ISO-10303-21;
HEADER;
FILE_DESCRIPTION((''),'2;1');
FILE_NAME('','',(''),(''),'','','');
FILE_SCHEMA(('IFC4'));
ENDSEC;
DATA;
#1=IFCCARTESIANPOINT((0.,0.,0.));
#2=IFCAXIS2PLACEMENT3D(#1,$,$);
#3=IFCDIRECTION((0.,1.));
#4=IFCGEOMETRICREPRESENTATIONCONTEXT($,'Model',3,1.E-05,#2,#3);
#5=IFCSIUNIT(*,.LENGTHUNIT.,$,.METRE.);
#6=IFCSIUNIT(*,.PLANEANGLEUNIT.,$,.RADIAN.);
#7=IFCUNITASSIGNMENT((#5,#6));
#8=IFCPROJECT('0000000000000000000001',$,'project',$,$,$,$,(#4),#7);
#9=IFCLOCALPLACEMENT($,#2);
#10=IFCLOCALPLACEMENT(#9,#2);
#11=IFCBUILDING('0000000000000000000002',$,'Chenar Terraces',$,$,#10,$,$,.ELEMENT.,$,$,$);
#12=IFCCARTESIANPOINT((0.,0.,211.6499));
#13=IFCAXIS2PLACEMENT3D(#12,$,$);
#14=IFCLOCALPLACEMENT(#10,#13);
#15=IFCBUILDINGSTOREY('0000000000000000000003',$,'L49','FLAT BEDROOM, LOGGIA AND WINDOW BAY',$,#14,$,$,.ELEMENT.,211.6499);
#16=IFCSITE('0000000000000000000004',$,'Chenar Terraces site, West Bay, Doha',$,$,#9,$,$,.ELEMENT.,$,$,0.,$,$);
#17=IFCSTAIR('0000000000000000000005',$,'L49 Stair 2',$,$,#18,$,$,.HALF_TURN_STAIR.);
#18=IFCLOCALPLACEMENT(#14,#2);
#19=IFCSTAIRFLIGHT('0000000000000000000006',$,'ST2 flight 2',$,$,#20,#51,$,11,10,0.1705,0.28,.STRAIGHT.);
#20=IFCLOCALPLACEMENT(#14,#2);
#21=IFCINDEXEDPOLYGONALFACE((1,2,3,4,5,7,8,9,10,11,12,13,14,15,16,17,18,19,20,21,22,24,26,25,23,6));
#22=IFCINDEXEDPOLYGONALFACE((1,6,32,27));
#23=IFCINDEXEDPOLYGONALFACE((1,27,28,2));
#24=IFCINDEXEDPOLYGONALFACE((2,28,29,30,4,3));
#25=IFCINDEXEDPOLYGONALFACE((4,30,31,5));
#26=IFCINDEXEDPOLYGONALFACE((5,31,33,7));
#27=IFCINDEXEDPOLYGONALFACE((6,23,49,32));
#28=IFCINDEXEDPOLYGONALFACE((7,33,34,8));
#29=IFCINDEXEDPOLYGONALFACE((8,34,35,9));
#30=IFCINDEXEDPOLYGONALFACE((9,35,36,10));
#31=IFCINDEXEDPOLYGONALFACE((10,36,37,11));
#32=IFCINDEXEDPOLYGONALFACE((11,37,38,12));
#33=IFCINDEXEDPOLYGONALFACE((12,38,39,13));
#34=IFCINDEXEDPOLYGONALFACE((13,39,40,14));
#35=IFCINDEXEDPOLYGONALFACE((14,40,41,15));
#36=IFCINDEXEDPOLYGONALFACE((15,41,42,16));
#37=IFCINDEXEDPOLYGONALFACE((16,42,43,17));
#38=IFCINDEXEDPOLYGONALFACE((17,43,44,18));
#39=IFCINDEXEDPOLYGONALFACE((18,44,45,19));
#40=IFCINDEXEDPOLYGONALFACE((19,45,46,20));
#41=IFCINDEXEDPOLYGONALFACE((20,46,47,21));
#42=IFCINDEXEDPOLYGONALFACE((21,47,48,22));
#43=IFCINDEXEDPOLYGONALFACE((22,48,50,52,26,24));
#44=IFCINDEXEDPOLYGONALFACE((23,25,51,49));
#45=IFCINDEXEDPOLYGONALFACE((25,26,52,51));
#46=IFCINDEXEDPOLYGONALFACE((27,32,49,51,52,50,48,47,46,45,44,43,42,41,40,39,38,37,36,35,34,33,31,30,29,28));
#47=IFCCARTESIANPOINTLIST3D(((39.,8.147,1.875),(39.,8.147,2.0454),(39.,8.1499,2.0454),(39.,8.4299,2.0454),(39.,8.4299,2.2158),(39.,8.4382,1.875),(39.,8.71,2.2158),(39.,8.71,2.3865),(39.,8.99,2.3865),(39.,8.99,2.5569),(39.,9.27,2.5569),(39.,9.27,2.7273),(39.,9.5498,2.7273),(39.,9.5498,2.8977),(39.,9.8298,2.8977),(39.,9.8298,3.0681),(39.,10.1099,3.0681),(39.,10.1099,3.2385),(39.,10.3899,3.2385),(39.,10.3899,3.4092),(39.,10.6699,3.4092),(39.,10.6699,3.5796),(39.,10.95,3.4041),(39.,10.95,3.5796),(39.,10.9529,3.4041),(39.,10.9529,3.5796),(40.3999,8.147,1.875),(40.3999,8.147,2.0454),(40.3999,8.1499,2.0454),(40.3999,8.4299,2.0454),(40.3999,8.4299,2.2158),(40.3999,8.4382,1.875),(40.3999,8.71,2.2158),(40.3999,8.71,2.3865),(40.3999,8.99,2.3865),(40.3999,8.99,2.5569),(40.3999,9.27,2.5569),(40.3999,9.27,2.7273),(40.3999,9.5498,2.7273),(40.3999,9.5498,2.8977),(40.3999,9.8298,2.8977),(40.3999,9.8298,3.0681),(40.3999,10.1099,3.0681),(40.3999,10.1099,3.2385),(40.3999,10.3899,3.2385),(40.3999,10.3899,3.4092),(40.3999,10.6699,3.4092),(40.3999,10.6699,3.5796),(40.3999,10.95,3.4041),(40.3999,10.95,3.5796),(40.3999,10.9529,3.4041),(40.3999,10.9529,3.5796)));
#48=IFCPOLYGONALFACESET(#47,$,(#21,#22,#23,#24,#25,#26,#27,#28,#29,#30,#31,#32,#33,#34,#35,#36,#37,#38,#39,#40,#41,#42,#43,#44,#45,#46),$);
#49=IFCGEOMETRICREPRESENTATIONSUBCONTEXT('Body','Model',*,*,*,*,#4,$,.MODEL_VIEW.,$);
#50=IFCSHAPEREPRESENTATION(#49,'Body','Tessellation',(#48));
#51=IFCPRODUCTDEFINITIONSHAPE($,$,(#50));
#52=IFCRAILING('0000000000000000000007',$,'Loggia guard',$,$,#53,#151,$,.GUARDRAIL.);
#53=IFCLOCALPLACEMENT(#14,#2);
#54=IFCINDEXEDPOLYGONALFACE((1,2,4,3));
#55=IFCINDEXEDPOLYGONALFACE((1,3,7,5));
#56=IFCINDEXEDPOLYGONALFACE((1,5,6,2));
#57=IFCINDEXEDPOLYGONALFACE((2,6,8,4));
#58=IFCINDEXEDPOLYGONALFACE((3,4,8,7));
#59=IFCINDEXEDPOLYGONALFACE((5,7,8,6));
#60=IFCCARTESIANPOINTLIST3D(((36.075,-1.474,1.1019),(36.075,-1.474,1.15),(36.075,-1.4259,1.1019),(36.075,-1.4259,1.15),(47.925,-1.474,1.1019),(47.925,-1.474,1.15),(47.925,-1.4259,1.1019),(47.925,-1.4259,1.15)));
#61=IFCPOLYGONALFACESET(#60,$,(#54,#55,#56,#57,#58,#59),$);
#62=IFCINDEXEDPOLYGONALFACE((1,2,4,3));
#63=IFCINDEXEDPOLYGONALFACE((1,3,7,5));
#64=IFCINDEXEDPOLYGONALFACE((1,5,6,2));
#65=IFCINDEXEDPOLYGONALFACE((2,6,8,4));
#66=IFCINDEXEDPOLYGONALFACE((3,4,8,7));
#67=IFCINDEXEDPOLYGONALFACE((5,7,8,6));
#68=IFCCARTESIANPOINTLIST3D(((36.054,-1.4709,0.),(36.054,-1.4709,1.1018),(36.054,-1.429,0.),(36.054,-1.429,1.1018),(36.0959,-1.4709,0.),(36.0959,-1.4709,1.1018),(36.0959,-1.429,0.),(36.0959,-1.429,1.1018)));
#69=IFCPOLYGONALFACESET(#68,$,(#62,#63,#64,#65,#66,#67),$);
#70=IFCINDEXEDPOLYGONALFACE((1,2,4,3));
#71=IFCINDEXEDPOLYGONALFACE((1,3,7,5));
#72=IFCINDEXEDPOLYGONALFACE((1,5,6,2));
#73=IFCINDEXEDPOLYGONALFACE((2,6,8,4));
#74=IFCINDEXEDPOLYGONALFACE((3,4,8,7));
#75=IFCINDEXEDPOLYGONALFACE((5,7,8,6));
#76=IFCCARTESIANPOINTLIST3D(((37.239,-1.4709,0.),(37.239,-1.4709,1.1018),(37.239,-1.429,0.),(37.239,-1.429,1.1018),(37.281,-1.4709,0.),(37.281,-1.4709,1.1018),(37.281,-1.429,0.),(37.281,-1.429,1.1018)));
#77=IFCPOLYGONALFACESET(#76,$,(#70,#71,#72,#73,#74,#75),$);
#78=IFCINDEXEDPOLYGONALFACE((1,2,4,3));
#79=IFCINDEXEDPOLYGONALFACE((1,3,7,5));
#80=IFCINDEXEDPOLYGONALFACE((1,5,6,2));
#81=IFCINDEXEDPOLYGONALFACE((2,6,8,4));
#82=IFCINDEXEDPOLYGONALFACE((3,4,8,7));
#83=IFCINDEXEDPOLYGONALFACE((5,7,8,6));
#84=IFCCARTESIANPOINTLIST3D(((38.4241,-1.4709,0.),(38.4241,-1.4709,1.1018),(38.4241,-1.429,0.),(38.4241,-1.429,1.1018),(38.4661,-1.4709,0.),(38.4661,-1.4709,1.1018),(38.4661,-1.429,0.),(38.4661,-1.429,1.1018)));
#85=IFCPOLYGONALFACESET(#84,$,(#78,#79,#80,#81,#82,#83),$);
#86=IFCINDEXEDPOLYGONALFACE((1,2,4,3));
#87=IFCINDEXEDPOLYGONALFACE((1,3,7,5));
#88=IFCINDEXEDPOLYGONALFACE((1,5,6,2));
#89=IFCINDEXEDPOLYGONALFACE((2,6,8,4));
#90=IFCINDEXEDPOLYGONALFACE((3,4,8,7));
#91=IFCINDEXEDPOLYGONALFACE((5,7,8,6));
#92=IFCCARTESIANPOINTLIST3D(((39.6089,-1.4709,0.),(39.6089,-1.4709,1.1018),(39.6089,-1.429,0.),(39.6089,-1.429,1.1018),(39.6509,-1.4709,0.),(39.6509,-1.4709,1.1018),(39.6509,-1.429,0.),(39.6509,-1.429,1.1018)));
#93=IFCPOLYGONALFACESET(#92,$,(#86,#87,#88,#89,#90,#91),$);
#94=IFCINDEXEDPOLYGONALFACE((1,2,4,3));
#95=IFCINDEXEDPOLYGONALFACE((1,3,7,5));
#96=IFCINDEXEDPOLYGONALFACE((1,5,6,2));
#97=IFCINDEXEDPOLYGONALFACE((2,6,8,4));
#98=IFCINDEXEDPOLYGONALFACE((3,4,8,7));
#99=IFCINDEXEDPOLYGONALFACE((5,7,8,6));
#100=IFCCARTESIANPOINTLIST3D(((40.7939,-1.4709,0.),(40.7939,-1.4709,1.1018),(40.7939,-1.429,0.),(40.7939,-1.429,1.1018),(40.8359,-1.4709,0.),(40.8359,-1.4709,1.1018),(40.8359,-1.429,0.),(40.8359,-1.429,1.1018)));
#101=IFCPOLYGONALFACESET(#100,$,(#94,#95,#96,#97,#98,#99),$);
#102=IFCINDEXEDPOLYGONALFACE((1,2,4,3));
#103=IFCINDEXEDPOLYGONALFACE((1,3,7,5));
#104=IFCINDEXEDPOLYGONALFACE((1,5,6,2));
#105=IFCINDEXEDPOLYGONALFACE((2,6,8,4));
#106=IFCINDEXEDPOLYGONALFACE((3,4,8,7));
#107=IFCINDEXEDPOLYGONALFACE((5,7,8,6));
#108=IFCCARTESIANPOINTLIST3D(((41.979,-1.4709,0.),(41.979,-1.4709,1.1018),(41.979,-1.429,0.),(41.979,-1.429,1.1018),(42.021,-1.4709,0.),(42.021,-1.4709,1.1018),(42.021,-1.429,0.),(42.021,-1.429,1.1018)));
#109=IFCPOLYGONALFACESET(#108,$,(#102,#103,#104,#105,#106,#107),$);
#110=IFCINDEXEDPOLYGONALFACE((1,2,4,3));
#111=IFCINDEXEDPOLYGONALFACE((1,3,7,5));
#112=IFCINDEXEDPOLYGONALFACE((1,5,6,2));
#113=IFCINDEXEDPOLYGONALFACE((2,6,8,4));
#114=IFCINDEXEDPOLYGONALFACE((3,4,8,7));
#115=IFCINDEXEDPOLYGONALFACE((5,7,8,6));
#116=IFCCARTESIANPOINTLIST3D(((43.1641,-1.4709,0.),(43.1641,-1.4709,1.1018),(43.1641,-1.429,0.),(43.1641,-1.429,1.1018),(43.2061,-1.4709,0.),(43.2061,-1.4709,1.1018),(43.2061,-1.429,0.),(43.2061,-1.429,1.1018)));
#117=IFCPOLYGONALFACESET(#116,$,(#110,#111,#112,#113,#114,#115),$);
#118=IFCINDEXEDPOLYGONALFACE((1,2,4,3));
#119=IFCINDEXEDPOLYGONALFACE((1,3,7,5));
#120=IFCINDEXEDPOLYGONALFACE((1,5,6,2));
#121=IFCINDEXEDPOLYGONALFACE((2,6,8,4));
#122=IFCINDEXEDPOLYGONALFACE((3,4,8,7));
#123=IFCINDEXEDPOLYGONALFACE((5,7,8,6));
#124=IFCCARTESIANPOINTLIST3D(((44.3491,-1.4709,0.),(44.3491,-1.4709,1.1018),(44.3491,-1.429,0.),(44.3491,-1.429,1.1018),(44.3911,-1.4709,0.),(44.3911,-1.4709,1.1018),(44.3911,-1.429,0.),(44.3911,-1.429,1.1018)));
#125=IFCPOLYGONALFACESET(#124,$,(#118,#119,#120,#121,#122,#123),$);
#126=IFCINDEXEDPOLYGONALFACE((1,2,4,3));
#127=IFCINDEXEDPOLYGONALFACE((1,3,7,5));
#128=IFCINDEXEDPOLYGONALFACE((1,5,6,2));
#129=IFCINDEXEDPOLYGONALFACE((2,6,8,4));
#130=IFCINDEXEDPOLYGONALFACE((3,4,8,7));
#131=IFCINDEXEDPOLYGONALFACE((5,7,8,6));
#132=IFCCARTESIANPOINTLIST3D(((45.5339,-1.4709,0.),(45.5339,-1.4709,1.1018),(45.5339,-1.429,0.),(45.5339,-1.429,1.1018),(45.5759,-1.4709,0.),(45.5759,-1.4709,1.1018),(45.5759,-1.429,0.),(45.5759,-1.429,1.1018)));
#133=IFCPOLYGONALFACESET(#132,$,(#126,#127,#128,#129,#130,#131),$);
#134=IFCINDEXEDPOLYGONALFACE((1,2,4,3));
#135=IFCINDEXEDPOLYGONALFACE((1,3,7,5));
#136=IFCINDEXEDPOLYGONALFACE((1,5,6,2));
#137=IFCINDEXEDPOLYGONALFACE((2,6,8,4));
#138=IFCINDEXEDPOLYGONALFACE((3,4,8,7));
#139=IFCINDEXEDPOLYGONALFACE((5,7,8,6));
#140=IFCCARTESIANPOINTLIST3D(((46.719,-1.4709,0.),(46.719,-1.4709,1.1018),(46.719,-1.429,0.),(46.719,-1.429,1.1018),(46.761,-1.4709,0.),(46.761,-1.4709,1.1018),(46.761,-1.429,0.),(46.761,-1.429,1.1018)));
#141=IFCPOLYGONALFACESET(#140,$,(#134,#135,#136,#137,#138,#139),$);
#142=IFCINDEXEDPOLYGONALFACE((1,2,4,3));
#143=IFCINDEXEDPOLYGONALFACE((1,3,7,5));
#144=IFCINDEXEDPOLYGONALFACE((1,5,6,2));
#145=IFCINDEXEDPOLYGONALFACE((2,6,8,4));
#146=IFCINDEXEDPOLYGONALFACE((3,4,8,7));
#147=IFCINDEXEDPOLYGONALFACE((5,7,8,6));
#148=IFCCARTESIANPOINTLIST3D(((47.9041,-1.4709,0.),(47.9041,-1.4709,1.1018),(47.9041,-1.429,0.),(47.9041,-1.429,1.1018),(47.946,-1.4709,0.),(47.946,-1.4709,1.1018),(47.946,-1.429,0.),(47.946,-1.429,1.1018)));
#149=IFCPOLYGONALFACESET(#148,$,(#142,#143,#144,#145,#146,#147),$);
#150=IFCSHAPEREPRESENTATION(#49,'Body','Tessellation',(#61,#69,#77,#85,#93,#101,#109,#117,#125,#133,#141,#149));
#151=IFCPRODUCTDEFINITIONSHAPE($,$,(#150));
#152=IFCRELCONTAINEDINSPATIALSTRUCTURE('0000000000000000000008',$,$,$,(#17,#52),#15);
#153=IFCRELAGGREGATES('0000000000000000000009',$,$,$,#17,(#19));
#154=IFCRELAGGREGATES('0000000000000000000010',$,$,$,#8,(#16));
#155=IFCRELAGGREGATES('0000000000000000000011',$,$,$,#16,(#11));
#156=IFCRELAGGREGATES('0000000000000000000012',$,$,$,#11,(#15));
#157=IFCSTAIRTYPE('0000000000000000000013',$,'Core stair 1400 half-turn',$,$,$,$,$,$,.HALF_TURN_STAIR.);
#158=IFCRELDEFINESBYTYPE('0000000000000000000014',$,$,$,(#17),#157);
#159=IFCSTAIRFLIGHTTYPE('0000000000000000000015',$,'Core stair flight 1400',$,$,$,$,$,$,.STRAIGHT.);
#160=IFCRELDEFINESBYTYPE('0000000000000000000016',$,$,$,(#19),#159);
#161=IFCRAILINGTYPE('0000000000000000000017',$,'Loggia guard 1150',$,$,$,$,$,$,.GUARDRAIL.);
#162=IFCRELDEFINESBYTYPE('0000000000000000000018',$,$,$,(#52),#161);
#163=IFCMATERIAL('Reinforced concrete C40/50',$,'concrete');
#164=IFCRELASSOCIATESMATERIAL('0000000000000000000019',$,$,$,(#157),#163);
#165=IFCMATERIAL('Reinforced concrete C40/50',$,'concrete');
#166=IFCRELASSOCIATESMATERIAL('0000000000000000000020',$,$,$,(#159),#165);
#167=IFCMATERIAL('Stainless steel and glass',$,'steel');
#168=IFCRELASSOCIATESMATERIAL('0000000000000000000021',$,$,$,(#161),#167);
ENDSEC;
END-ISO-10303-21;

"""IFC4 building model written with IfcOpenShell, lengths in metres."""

from ifc_helpers import new_model, si_unit, direction, frame, origin, origin_2d, place, context, subcontext, project, spatial, polyline, rectangle, outline, extrude, material, type_object, element, aggregate, save


model = new_model("IFC4")

# Units and contexts
model_context = context("Model", 3, precision=1e-05, world=origin(), true_north=direction((0.0, 1.0)))
body_context = subcontext(model_context, "Body", "Model", "MODEL_VIEW")
ifc_project = project(units=[si_unit("LENGTHUNIT", "METRE"), si_unit("PLANEANGLEUNIT", "RADIAN")], contexts=[model_context])

# Site, building, storey
site_placement = place(None, origin())
site = spatial("IfcSite", under=ifc_project, at=site_placement, Name="Chenar Terraces site, West Bay, Doha", CompositionType="ELEMENT", RefElevation=0.0)
building_placement = place(site_placement, origin())
building = spatial("IfcBuilding", under=site, at=building_placement, Name="Chenar Terraces", CompositionType="ELEMENT")
storey_placement = place(building_placement, frame((0.0, 0.0, 211.6499)))
storey = spatial("IfcBuildingStorey", under=building, at=storey_placement, Name="L49", Description="FLAT BEDROOM, LOGGIA AND WINDOW BAY", CompositionType="ELEMENT", Elevation=211.6499)

# Stair, stair flight
ifc_material_1 = material(Name="Reinforced concrete C40/50", Category="concrete")
stair_type = type_object("IfcStairType", Name="Core stair 1400 half-turn", PredefinedType="HALF_TURN_STAIR", material=ifc_material_1)
stair_placement = place(storey_placement, origin())
stair = element("IfcStair", 1, at=stair_placement, inside=storey, type_object=stair_type, Name="L49 Stair 2", PredefinedType="HALF_TURN_STAIR")
ifc_material_2 = material(Name="Reinforced concrete C40/50", Category="concrete")
stair_flight_type = type_object("IfcStairFlightType", Name="Core stair flight 1400", PredefinedType="STRAIGHT", material=ifc_material_2)
stair_flight_1_placement = place(storey_placement, frame((39.7, 8.1499, 1.875), z_axis=(0.0, 0.0, 1.0), x_axis=(0.0, 1.0, 0.0)))
stair_flight_1 = element("IfcStairFlight", 2, at=stair_flight_1_placement, type_object=stair_flight_type, Name="ST2 flight 2", NumberOfRisers=11, NumberOfTreads=10, PredefinedType="STRAIGHT", RiserHeight=0.1705, TreadLength=0.28, context=body_context, shape_type="SweptSolid", body=[
    extrude(outline(polyline([(-0.0029, 0.0), (-0.0029, 0.1704), (0.0, 0.1704), (0.28, 0.1704), (0.28, 0.3408), (0.5601, 0.3408), (0.5601, 0.5115), (0.8401, 0.5115), (0.8401, 0.6819), (1.1201, 0.6819), (1.1201, 0.8523), (1.3999, 0.8523), (1.3999, 1.0227), (1.6799, 1.0227), (1.6799, 1.1931), (1.96, 1.1931), (1.96, 1.3635), (2.24, 1.3635), (2.24, 1.5342), (2.52, 1.5342), (2.52, 1.7046), (2.8, 1.7046), (2.803, 1.7046), (2.803, 1.5291), (2.8, 1.5291), (0.2883, 0.0), (-0.0029, 0.0)])), frame((0.0, 0.7, 0.0), z_axis=(0.0, -1.0, 0.0), x_axis=(1.0, 0.0, 0.0)), (0.0, 0.0, 1.0), 1.3999),
])
aggregate(stair, [stair_flight_1])

# Railing
ifc_material_3 = material(Name="Stainless steel and glass", Category="steel")
railing_type_1 = type_object("IfcRailingType", Name="Loggia guard 1150", PredefinedType="GUARDRAIL", material=ifc_material_3)
railing_1_placement = place(storey_placement, frame((36.075, -1.45, 0.0)))
element("IfcRailing", 3, at=railing_1_placement, inside=storey, type_object=railing_type_1, Name="Loggia guard", PredefinedType="GUARDRAIL", context=body_context, shape_type="SweptSolid", body=[
    extrude(rectangle(XDim=0.0481, YDim=0.0481, at=origin_2d()), frame((0.0, 0.0, 1.126), z_axis=(1.0, 0.0, 0.0), x_axis=(0.0, 1.0, 0.0)), (0.0, 0.0, 1.0), 11.8501),
    extrude(rectangle(XDim=0.042, YDim=0.042, at=origin_2d()), origin(), (0.0, 0.0, 1.0), 1.1018),
    extrude(rectangle(XDim=0.042, YDim=0.042, at=origin_2d()), frame((1.1851, 0.0, 0.0)), (0.0, 0.0, 1.0), 1.1018),
    extrude(rectangle(XDim=0.042, YDim=0.042, at=origin_2d()), frame((2.3701, 0.0, 0.0)), (0.0, 0.0, 1.0), 1.1018),
    extrude(rectangle(XDim=0.042, YDim=0.042, at=origin_2d()), frame((3.5549, 0.0, 0.0)), (0.0, 0.0, 1.0), 1.1018),
    extrude(rectangle(XDim=0.042, YDim=0.042, at=origin_2d()), frame((4.74, 0.0, 0.0)), (0.0, 0.0, 1.0), 1.1018),
    extrude(rectangle(XDim=0.042, YDim=0.042, at=origin_2d()), frame((5.925, 0.0, 0.0)), (0.0, 0.0, 1.0), 1.1018),
    extrude(rectangle(XDim=0.042, YDim=0.042, at=origin_2d()), frame((7.1101, 0.0, 0.0)), (0.0, 0.0, 1.0), 1.1018),
    extrude(rectangle(XDim=0.042, YDim=0.042, at=origin_2d()), frame((8.2952, 0.0, 0.0)), (0.0, 0.0, 1.0), 1.1018),
    extrude(rectangle(XDim=0.042, YDim=0.042, at=origin_2d()), frame((9.48, 0.0, 0.0)), (0.0, 0.0, 1.0), 1.1018),
    extrude(rectangle(XDim=0.042, YDim=0.042, at=origin_2d()), frame((10.665, 0.0, 0.0)), (0.0, 0.0, 1.0), 1.1018),
    extrude(rectangle(XDim=0.042, YDim=0.042, at=origin_2d()), frame((11.8501, 0.0, 0.0)), (0.0, 0.0, 1.0), 1.1018),
])

save(model, "model.ifc")
